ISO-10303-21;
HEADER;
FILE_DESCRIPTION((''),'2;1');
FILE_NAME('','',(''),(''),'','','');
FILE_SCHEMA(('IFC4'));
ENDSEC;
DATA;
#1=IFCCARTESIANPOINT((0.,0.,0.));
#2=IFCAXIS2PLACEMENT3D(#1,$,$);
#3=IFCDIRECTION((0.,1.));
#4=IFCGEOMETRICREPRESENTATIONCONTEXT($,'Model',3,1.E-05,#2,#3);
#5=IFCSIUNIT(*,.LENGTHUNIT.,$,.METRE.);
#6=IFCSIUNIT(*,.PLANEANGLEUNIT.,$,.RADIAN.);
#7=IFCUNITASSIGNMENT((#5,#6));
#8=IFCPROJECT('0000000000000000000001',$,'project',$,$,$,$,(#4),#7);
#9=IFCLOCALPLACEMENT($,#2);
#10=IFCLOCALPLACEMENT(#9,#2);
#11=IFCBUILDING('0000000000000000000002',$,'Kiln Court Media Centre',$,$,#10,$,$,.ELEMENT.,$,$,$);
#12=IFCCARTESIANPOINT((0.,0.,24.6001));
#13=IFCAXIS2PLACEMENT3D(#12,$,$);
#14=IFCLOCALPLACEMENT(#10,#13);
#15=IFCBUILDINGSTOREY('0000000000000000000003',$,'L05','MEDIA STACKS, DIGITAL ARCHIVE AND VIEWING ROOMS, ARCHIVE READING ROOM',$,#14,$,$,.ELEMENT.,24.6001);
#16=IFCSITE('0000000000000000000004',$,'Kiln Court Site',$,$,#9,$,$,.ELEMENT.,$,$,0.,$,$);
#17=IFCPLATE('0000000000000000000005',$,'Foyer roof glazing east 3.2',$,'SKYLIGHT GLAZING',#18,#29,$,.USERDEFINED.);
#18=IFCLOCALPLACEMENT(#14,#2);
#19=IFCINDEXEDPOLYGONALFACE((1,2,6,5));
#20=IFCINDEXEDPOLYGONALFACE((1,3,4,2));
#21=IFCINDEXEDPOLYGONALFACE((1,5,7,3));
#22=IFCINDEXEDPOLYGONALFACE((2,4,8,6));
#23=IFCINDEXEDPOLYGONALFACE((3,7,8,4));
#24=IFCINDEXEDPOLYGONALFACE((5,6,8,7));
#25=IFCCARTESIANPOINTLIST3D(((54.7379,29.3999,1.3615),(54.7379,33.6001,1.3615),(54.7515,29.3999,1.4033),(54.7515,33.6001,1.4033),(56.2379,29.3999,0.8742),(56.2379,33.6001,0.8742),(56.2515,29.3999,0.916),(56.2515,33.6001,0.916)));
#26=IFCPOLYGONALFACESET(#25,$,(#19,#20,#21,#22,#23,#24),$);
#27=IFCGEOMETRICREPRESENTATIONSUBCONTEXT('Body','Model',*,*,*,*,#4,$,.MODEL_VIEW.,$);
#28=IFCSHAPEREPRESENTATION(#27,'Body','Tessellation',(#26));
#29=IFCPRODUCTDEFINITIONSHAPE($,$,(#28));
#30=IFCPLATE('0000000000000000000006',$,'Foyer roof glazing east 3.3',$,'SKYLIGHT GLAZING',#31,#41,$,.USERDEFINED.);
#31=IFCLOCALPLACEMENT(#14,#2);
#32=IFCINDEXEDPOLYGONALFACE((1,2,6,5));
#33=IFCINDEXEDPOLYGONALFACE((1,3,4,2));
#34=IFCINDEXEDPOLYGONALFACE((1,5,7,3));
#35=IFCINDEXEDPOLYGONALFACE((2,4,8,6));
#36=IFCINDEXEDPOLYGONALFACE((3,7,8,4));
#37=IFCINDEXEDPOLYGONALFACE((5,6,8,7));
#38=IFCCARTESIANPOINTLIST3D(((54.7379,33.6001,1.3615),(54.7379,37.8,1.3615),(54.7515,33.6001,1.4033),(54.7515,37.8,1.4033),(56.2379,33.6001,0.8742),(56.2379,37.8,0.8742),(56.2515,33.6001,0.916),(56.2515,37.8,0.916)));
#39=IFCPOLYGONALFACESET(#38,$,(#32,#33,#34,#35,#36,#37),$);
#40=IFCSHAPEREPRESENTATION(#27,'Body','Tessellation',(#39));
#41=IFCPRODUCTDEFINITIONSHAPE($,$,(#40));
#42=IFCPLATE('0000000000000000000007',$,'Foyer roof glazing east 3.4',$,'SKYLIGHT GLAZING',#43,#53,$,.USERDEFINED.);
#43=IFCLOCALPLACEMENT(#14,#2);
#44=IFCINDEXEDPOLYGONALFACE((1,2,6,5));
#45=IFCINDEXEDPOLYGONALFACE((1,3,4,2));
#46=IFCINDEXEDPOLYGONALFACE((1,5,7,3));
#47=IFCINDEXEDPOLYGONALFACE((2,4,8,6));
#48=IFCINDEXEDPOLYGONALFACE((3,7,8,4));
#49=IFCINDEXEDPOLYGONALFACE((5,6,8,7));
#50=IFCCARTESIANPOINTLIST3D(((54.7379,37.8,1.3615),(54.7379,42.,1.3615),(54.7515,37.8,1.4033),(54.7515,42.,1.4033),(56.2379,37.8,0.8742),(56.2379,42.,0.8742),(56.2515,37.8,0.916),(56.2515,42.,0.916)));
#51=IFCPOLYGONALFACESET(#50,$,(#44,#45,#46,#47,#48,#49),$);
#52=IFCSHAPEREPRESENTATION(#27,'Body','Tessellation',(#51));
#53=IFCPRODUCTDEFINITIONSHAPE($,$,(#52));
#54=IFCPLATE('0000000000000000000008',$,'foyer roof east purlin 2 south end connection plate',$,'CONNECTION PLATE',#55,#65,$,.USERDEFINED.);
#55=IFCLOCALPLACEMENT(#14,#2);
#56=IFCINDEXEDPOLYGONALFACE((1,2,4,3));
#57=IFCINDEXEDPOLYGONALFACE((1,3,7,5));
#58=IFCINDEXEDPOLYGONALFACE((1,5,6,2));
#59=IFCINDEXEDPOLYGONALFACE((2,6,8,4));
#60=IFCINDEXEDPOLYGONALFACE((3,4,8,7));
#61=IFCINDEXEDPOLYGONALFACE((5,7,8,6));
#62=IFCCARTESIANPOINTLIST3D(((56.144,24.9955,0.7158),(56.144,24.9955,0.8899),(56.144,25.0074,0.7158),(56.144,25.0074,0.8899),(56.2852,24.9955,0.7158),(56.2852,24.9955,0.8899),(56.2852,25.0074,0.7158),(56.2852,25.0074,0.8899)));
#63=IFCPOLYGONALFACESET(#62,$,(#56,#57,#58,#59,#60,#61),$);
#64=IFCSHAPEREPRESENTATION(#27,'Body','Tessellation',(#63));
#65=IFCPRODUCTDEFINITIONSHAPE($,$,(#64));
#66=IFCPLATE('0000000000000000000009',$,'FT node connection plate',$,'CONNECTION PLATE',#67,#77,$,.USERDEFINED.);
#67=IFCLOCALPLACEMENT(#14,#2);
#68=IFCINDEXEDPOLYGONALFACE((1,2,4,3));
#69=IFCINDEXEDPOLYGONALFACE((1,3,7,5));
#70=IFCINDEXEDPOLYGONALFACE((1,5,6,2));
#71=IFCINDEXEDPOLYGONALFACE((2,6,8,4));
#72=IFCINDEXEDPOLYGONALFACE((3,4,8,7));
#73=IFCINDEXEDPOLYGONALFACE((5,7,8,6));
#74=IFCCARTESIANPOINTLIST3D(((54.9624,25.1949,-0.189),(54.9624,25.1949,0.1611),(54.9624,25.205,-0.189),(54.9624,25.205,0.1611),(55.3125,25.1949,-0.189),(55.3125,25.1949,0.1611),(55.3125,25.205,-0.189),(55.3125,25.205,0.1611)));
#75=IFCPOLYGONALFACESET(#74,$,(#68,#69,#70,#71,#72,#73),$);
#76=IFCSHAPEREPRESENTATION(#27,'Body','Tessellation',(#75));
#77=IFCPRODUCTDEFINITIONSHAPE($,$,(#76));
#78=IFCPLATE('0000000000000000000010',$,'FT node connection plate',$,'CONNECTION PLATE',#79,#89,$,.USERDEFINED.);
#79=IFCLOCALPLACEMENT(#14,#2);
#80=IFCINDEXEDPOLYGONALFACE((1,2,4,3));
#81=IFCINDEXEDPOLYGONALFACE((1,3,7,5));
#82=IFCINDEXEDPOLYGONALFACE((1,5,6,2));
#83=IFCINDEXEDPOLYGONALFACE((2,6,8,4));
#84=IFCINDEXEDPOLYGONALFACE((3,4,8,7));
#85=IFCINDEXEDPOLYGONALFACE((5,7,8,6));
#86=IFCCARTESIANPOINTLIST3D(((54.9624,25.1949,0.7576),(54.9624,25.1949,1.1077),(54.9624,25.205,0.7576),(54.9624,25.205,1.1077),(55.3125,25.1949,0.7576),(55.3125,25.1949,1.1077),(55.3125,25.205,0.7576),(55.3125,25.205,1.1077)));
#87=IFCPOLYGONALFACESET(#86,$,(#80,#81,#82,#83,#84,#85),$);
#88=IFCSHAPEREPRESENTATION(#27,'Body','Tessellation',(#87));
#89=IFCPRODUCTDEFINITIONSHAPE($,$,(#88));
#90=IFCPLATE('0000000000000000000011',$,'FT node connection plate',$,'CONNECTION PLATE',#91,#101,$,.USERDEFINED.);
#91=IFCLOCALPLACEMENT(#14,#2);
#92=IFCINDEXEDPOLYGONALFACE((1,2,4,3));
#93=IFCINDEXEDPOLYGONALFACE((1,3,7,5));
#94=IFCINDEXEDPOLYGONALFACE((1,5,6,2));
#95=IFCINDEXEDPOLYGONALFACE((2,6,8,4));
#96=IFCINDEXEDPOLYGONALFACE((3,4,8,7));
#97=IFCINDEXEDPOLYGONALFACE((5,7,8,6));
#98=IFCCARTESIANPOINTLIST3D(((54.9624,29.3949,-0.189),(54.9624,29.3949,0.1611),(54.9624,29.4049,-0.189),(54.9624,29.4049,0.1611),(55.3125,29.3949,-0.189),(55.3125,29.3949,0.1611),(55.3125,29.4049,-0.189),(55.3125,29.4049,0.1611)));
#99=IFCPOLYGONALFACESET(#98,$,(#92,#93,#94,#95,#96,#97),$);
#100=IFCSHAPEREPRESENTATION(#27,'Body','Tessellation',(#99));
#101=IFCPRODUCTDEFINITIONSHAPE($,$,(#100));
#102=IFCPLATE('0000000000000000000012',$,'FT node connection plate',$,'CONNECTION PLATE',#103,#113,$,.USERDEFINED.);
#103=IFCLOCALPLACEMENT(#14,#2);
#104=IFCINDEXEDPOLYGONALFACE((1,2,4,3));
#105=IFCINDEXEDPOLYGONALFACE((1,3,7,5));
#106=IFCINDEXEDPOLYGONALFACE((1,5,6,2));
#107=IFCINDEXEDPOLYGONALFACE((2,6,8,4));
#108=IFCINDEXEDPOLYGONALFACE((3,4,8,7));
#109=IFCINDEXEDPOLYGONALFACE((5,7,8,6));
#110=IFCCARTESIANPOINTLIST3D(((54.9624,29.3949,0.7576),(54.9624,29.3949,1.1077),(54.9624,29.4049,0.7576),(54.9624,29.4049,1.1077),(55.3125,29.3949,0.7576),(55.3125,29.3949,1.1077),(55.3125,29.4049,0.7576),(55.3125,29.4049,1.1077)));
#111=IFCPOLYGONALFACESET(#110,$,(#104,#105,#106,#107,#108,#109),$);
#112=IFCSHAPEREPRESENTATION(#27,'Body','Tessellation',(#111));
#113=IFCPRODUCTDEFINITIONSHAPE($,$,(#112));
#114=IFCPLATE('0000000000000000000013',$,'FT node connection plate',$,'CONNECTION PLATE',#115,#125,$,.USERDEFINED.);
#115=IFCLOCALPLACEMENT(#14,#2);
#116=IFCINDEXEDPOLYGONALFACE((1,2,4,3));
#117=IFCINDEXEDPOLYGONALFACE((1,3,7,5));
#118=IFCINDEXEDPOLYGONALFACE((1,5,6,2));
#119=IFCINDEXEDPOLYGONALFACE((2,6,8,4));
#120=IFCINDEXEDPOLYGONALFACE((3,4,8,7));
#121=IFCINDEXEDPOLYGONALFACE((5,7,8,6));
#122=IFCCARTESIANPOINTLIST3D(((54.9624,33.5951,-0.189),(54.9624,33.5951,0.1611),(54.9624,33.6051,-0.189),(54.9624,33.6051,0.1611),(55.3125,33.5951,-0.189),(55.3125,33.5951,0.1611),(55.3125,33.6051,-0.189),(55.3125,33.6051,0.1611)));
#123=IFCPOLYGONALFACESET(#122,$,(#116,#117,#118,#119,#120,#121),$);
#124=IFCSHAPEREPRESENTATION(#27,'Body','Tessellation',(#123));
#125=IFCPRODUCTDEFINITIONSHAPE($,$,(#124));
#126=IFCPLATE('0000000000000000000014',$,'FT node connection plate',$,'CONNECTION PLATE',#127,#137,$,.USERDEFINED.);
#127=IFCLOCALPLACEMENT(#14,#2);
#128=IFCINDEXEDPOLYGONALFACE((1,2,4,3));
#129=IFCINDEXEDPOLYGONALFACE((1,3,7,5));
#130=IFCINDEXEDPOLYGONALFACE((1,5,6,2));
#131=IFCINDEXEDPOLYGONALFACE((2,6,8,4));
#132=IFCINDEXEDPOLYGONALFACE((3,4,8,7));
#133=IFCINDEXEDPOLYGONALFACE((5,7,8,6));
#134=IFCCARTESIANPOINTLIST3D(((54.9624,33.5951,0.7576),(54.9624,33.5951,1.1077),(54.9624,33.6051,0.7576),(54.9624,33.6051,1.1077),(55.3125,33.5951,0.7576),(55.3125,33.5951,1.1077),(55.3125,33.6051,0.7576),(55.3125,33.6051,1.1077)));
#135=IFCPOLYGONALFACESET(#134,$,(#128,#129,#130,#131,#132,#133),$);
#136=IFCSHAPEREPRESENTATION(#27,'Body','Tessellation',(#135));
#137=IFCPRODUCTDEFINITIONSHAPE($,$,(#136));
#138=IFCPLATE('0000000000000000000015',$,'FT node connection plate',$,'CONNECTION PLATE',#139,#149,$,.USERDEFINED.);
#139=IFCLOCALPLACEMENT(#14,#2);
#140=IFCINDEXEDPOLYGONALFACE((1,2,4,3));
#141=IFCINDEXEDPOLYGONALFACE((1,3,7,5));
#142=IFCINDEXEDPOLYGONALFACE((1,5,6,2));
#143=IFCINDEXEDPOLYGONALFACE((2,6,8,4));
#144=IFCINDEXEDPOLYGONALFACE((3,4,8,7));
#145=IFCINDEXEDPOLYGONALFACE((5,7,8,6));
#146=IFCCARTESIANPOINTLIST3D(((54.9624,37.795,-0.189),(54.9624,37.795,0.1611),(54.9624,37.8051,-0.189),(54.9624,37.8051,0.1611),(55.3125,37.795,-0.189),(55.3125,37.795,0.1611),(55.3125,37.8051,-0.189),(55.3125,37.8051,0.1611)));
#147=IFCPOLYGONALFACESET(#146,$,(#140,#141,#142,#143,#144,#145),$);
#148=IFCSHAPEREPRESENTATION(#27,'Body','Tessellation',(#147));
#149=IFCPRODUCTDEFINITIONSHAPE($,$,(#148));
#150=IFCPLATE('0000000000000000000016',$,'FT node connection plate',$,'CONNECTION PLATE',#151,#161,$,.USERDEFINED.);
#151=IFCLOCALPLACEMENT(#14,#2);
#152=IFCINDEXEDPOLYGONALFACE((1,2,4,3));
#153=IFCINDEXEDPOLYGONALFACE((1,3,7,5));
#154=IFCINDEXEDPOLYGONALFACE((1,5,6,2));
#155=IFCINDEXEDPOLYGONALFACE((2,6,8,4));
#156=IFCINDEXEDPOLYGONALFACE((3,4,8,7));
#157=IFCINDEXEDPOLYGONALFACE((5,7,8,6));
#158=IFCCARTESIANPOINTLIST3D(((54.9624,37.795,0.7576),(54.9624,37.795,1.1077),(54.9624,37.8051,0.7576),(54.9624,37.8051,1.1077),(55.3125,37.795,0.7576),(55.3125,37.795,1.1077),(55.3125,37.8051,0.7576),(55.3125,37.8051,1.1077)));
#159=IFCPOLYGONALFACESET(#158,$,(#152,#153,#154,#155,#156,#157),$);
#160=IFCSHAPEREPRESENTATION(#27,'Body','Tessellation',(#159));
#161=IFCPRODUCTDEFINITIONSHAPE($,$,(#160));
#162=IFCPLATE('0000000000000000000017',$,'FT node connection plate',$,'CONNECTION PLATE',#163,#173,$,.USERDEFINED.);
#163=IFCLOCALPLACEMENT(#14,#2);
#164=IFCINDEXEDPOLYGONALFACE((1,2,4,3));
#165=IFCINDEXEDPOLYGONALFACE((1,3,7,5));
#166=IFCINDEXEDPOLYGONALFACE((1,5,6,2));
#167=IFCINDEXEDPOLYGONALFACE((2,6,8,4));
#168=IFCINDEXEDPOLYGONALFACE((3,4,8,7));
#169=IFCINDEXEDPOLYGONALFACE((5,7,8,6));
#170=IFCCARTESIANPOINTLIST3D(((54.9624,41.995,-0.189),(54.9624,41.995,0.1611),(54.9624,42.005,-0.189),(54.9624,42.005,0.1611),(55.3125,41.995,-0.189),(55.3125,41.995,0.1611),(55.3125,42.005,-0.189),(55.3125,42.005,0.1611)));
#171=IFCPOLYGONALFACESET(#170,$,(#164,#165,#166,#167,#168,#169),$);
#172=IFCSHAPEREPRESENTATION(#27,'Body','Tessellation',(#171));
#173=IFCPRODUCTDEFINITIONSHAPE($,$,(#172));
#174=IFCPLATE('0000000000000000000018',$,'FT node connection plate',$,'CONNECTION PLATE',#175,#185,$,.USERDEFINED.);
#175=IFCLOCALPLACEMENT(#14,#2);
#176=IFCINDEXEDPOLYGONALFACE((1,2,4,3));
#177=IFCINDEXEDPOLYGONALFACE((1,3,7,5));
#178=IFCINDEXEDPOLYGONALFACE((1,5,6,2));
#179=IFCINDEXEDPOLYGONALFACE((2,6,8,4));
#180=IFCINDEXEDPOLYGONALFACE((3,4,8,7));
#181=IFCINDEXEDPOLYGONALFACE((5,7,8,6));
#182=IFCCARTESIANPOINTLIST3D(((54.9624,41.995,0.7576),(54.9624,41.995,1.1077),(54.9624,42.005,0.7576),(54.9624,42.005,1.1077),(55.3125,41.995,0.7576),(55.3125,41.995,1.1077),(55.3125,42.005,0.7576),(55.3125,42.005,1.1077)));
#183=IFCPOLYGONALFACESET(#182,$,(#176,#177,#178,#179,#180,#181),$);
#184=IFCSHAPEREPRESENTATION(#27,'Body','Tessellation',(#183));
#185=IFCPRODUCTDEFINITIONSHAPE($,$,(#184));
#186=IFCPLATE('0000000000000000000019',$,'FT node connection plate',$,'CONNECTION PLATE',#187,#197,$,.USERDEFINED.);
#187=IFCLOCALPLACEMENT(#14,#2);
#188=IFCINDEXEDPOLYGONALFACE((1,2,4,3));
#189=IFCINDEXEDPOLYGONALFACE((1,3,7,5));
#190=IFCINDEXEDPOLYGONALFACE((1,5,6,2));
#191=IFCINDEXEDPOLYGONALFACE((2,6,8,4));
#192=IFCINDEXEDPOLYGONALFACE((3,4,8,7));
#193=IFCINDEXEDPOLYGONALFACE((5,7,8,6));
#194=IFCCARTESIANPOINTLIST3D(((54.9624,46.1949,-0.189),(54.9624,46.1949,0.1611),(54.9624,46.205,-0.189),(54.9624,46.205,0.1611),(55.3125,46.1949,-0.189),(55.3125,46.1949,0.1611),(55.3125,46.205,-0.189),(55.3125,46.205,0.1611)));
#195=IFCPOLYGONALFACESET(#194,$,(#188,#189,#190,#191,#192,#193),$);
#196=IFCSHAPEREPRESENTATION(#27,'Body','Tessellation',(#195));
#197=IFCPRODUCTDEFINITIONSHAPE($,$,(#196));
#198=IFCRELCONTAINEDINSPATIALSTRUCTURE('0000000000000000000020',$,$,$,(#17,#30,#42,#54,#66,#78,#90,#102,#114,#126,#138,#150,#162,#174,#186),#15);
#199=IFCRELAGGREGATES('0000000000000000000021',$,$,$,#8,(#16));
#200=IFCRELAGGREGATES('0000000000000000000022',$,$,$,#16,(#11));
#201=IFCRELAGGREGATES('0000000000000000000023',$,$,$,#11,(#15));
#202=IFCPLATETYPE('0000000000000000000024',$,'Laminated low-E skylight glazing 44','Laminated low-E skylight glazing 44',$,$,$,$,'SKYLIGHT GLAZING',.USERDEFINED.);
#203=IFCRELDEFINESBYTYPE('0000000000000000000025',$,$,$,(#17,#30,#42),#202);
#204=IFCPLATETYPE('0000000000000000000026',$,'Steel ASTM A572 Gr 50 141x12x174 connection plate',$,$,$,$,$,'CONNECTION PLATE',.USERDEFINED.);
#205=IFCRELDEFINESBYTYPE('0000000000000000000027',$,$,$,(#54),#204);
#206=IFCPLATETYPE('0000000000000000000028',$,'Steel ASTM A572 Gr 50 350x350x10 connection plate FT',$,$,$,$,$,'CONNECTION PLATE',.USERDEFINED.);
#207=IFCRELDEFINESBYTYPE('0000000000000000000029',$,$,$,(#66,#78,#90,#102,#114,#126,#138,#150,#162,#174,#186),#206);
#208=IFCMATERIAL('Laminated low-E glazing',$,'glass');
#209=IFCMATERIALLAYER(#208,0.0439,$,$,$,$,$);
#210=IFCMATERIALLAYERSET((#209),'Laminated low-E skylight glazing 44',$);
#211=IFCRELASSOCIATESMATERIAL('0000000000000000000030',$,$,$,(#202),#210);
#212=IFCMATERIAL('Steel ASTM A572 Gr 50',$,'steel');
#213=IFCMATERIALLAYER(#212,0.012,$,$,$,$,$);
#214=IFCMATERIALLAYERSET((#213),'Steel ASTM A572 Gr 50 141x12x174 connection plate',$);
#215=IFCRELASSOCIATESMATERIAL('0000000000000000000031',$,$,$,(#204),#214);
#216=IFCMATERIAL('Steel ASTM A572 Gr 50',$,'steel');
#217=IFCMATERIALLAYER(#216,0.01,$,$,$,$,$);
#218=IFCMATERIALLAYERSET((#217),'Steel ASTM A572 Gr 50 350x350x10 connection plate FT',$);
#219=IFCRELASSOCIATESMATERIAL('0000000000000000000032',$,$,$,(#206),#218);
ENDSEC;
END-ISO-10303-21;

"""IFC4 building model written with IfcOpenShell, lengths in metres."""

from ifc_helpers import new_model, si_unit, direction, frame, origin, origin_2d, place, context, subcontext, project, spatial, polyline, rectangle, outline, extrude, material, layer, layer_set, type_object, element, save


model = new_model("IFC4")

# Units and contexts
model_context = context("Model", 3, precision=1e-05, world=origin(), true_north=direction((0.0, 1.0)))
body_context = subcontext(model_context, "Body", "Model", "MODEL_VIEW")
ifc_project = project(units=[si_unit("LENGTHUNIT", "METRE"), si_unit("PLANEANGLEUNIT", "RADIAN")], contexts=[model_context])

# Site, building, storey
site_placement = place(None, origin())
site = spatial("IfcSite", under=ifc_project, at=site_placement, Name="Kiln Court Site", CompositionType="ELEMENT", RefElevation=0.0)
building_placement = place(site_placement, origin())
building = spatial("IfcBuilding", under=site, at=building_placement, Name="Kiln Court Media Centre", CompositionType="ELEMENT")
storey_placement = place(building_placement, frame((0.0, 0.0, 24.6001)))
storey = spatial("IfcBuildingStorey", under=building, at=storey_placement, Name="L05", Description="MEDIA STACKS, DIGITAL ARCHIVE AND VIEWING ROOMS, ARCHIVE READING ROOM", CompositionType="ELEMENT", Elevation=24.6001)

# Plates
ifc_material_1 = material(Name="Laminated low-E glazing", Category="glass")
ifc_layer_1 = layer(ifc_material_1, 0.0439)
ifc_layer_set_1 = layer_set([ifc_layer_1], Name="Laminated low-E skylight glazing 44")
plate_type_1 = type_object("IfcPlateType", Name="Laminated low-E skylight glazing 44", Description="Laminated low-E skylight glazing 44", ElementType="SKYLIGHT GLAZING", PredefinedType="USERDEFINED", material=ifc_layer_set_1)
plate_1_placement = place(storey_placement, frame((56.2515, 33.6001, 0.916), z_axis=(0.308974, 0.0, 0.95107), x_axis=(-0.95107, 0.0, 0.308974)))
element("IfcPlate", 1, at=plate_1_placement, inside=storey, type_object=plate_type_1, Name="Foyer roof glazing east 3.2", ObjectType="SKYLIGHT GLAZING", PredefinedType="USERDEFINED", context=body_context, shape_type="SweptSolid", body=[
    extrude(outline(polyline([(0.0, 0.0), (1.5772, 0.0), (1.5772, 4.2002), (0.0, 4.2002), (0.0, 0.0)])), origin(), (0.0, 0.0, -1.0), 0.0439),
])
for number, where, z_axis, x_axis, name in (
    (2, (56.2515, 37.8, 0.916), (0.308974, 0.0, 0.95107), (-0.95107, 0.0, 0.308974), "Foyer roof glazing east 3.3"),
    (3, (56.2515, 42.0, 0.916), (0.308974, 0.0, 0.95107), (-0.95107, 0.0, 0.308974), "Foyer roof glazing east 3.4"),
):
    element("IfcPlate", number, at=place(storey_placement, frame(where, z_axis=z_axis, x_axis=x_axis)), inside=storey, type_object=plate_type_1, Name=name, ObjectType="SKYLIGHT GLAZING", PredefinedType="USERDEFINED", context=body_context, shape_type="SweptSolid", body=[
        extrude(outline(polyline([(0.0, 0.0), (1.5772, 0.0), (1.5772, 4.2), (0.0, 4.2), (0.0, 0.0)])), origin(), (0.0, 0.0, -1.0), 0.0439),
    ])
ifc_material_2 = material(Name="Steel ASTM A572 Gr 50", Category="steel")
ifc_layer_2 = layer(ifc_material_2, 0.012)
ifc_layer_set_2 = layer_set([ifc_layer_2], Name="Steel ASTM A572 Gr 50 141x12x174 connection plate")
plate_type_2 = type_object("IfcPlateType", Name="Steel ASTM A572 Gr 50 141x12x174 connection plate", ElementType="CONNECTION PLATE", PredefinedType="USERDEFINED", material=ifc_layer_set_2)
plate_2_placement = place(storey_placement, frame((56.2146, 25.0015, 0.7158), z_axis=(0.0, 0.0, 1.0), x_axis=(1.0, 0.0, 0.0)))
element("IfcPlate", 4, at=plate_2_placement, inside=storey, type_object=plate_type_2, Name="foyer roof east purlin 2 south end connection plate", ObjectType="CONNECTION PLATE", PredefinedType="USERDEFINED", context=body_context, shape_type="SweptSolid", body=[
    extrude(rectangle(XDim=0.1411, YDim=0.012, at=origin_2d()), origin(), (0.0, 0.0, 1.0), 0.1741),
])
ifc_material_3 = material(Name="Steel ASTM A572 Gr 50", Category="steel")
ifc_layer_3 = layer(ifc_material_3, 0.01)
ifc_layer_set_3 = layer_set([ifc_layer_3], Name="Steel ASTM A572 Gr 50 350x350x10 connection plate FT")
plate_type_3 = type_object("IfcPlateType", Name="Steel ASTM A572 Gr 50 350x350x10 connection plate FT", ElementType="CONNECTION PLATE", PredefinedType="USERDEFINED", material=ifc_layer_set_3)
for number, where, z_axis, x_axis, name in (
    (5, (55.1375, 25.2, -0.189), (0.0, 0.0, 1.0), (1.0, 0.0, 0.0), "FT node connection plate"),
    (6, (55.1375, 25.2, 0.7576), (0.0, 0.0, 1.0), (1.0, 0.0, 0.0), "FT node connection plate"),
    (7, (55.1375, 29.3999, -0.189), (0.0, 0.0, 1.0), (1.0, 0.0, 0.0), "FT node connection plate"),
    (8, (55.1375, 29.3999, 0.7576), (0.0, 0.0, 1.0), (1.0, 0.0, 0.0), "FT node connection plate"),
    (9, (55.1375, 33.6001, -0.189), (0.0, 0.0, 1.0), (1.0, 0.0, 0.0), "FT node connection plate"),
    (10, (55.1375, 33.6001, 0.7576), (0.0, 0.0, 1.0), (1.0, 0.0, 0.0), "FT node connection plate"),
    (11, (55.1375, 37.8, -0.189), (0.0, 0.0, 1.0), (1.0, 0.0, 0.0), "FT node connection plate"),
    (12, (55.1375, 37.8, 0.7576), (0.0, 0.0, 1.0), (1.0, 0.0, 0.0), "FT node connection plate"),
    (13, (55.1375, 42.0, -0.189), (0.0, 0.0, 1.0), (1.0, 0.0, 0.0), "FT node connection plate"),
    (14, (55.1375, 42.0, 0.7576), (0.0, 0.0, 1.0), (1.0, 0.0, 0.0), "FT node connection plate"),
    (15, (55.1375, 46.2, -0.189), (0.0, 0.0, 1.0), (1.0, 0.0, 0.0), "FT node connection plate"),
):
    element("IfcPlate", number, at=place(storey_placement, frame(where, z_axis=z_axis, x_axis=x_axis)), inside=storey, type_object=plate_type_3, Name=name, ObjectType="CONNECTION PLATE", PredefinedType="USERDEFINED", context=body_context, shape_type="SweptSolid", body=[
        extrude(rectangle(XDim=0.3501, YDim=0.01, at=origin_2d()), origin(), (0.0, 0.0, 1.0), 0.3501),
    ])

save(model, "model.ifc")
